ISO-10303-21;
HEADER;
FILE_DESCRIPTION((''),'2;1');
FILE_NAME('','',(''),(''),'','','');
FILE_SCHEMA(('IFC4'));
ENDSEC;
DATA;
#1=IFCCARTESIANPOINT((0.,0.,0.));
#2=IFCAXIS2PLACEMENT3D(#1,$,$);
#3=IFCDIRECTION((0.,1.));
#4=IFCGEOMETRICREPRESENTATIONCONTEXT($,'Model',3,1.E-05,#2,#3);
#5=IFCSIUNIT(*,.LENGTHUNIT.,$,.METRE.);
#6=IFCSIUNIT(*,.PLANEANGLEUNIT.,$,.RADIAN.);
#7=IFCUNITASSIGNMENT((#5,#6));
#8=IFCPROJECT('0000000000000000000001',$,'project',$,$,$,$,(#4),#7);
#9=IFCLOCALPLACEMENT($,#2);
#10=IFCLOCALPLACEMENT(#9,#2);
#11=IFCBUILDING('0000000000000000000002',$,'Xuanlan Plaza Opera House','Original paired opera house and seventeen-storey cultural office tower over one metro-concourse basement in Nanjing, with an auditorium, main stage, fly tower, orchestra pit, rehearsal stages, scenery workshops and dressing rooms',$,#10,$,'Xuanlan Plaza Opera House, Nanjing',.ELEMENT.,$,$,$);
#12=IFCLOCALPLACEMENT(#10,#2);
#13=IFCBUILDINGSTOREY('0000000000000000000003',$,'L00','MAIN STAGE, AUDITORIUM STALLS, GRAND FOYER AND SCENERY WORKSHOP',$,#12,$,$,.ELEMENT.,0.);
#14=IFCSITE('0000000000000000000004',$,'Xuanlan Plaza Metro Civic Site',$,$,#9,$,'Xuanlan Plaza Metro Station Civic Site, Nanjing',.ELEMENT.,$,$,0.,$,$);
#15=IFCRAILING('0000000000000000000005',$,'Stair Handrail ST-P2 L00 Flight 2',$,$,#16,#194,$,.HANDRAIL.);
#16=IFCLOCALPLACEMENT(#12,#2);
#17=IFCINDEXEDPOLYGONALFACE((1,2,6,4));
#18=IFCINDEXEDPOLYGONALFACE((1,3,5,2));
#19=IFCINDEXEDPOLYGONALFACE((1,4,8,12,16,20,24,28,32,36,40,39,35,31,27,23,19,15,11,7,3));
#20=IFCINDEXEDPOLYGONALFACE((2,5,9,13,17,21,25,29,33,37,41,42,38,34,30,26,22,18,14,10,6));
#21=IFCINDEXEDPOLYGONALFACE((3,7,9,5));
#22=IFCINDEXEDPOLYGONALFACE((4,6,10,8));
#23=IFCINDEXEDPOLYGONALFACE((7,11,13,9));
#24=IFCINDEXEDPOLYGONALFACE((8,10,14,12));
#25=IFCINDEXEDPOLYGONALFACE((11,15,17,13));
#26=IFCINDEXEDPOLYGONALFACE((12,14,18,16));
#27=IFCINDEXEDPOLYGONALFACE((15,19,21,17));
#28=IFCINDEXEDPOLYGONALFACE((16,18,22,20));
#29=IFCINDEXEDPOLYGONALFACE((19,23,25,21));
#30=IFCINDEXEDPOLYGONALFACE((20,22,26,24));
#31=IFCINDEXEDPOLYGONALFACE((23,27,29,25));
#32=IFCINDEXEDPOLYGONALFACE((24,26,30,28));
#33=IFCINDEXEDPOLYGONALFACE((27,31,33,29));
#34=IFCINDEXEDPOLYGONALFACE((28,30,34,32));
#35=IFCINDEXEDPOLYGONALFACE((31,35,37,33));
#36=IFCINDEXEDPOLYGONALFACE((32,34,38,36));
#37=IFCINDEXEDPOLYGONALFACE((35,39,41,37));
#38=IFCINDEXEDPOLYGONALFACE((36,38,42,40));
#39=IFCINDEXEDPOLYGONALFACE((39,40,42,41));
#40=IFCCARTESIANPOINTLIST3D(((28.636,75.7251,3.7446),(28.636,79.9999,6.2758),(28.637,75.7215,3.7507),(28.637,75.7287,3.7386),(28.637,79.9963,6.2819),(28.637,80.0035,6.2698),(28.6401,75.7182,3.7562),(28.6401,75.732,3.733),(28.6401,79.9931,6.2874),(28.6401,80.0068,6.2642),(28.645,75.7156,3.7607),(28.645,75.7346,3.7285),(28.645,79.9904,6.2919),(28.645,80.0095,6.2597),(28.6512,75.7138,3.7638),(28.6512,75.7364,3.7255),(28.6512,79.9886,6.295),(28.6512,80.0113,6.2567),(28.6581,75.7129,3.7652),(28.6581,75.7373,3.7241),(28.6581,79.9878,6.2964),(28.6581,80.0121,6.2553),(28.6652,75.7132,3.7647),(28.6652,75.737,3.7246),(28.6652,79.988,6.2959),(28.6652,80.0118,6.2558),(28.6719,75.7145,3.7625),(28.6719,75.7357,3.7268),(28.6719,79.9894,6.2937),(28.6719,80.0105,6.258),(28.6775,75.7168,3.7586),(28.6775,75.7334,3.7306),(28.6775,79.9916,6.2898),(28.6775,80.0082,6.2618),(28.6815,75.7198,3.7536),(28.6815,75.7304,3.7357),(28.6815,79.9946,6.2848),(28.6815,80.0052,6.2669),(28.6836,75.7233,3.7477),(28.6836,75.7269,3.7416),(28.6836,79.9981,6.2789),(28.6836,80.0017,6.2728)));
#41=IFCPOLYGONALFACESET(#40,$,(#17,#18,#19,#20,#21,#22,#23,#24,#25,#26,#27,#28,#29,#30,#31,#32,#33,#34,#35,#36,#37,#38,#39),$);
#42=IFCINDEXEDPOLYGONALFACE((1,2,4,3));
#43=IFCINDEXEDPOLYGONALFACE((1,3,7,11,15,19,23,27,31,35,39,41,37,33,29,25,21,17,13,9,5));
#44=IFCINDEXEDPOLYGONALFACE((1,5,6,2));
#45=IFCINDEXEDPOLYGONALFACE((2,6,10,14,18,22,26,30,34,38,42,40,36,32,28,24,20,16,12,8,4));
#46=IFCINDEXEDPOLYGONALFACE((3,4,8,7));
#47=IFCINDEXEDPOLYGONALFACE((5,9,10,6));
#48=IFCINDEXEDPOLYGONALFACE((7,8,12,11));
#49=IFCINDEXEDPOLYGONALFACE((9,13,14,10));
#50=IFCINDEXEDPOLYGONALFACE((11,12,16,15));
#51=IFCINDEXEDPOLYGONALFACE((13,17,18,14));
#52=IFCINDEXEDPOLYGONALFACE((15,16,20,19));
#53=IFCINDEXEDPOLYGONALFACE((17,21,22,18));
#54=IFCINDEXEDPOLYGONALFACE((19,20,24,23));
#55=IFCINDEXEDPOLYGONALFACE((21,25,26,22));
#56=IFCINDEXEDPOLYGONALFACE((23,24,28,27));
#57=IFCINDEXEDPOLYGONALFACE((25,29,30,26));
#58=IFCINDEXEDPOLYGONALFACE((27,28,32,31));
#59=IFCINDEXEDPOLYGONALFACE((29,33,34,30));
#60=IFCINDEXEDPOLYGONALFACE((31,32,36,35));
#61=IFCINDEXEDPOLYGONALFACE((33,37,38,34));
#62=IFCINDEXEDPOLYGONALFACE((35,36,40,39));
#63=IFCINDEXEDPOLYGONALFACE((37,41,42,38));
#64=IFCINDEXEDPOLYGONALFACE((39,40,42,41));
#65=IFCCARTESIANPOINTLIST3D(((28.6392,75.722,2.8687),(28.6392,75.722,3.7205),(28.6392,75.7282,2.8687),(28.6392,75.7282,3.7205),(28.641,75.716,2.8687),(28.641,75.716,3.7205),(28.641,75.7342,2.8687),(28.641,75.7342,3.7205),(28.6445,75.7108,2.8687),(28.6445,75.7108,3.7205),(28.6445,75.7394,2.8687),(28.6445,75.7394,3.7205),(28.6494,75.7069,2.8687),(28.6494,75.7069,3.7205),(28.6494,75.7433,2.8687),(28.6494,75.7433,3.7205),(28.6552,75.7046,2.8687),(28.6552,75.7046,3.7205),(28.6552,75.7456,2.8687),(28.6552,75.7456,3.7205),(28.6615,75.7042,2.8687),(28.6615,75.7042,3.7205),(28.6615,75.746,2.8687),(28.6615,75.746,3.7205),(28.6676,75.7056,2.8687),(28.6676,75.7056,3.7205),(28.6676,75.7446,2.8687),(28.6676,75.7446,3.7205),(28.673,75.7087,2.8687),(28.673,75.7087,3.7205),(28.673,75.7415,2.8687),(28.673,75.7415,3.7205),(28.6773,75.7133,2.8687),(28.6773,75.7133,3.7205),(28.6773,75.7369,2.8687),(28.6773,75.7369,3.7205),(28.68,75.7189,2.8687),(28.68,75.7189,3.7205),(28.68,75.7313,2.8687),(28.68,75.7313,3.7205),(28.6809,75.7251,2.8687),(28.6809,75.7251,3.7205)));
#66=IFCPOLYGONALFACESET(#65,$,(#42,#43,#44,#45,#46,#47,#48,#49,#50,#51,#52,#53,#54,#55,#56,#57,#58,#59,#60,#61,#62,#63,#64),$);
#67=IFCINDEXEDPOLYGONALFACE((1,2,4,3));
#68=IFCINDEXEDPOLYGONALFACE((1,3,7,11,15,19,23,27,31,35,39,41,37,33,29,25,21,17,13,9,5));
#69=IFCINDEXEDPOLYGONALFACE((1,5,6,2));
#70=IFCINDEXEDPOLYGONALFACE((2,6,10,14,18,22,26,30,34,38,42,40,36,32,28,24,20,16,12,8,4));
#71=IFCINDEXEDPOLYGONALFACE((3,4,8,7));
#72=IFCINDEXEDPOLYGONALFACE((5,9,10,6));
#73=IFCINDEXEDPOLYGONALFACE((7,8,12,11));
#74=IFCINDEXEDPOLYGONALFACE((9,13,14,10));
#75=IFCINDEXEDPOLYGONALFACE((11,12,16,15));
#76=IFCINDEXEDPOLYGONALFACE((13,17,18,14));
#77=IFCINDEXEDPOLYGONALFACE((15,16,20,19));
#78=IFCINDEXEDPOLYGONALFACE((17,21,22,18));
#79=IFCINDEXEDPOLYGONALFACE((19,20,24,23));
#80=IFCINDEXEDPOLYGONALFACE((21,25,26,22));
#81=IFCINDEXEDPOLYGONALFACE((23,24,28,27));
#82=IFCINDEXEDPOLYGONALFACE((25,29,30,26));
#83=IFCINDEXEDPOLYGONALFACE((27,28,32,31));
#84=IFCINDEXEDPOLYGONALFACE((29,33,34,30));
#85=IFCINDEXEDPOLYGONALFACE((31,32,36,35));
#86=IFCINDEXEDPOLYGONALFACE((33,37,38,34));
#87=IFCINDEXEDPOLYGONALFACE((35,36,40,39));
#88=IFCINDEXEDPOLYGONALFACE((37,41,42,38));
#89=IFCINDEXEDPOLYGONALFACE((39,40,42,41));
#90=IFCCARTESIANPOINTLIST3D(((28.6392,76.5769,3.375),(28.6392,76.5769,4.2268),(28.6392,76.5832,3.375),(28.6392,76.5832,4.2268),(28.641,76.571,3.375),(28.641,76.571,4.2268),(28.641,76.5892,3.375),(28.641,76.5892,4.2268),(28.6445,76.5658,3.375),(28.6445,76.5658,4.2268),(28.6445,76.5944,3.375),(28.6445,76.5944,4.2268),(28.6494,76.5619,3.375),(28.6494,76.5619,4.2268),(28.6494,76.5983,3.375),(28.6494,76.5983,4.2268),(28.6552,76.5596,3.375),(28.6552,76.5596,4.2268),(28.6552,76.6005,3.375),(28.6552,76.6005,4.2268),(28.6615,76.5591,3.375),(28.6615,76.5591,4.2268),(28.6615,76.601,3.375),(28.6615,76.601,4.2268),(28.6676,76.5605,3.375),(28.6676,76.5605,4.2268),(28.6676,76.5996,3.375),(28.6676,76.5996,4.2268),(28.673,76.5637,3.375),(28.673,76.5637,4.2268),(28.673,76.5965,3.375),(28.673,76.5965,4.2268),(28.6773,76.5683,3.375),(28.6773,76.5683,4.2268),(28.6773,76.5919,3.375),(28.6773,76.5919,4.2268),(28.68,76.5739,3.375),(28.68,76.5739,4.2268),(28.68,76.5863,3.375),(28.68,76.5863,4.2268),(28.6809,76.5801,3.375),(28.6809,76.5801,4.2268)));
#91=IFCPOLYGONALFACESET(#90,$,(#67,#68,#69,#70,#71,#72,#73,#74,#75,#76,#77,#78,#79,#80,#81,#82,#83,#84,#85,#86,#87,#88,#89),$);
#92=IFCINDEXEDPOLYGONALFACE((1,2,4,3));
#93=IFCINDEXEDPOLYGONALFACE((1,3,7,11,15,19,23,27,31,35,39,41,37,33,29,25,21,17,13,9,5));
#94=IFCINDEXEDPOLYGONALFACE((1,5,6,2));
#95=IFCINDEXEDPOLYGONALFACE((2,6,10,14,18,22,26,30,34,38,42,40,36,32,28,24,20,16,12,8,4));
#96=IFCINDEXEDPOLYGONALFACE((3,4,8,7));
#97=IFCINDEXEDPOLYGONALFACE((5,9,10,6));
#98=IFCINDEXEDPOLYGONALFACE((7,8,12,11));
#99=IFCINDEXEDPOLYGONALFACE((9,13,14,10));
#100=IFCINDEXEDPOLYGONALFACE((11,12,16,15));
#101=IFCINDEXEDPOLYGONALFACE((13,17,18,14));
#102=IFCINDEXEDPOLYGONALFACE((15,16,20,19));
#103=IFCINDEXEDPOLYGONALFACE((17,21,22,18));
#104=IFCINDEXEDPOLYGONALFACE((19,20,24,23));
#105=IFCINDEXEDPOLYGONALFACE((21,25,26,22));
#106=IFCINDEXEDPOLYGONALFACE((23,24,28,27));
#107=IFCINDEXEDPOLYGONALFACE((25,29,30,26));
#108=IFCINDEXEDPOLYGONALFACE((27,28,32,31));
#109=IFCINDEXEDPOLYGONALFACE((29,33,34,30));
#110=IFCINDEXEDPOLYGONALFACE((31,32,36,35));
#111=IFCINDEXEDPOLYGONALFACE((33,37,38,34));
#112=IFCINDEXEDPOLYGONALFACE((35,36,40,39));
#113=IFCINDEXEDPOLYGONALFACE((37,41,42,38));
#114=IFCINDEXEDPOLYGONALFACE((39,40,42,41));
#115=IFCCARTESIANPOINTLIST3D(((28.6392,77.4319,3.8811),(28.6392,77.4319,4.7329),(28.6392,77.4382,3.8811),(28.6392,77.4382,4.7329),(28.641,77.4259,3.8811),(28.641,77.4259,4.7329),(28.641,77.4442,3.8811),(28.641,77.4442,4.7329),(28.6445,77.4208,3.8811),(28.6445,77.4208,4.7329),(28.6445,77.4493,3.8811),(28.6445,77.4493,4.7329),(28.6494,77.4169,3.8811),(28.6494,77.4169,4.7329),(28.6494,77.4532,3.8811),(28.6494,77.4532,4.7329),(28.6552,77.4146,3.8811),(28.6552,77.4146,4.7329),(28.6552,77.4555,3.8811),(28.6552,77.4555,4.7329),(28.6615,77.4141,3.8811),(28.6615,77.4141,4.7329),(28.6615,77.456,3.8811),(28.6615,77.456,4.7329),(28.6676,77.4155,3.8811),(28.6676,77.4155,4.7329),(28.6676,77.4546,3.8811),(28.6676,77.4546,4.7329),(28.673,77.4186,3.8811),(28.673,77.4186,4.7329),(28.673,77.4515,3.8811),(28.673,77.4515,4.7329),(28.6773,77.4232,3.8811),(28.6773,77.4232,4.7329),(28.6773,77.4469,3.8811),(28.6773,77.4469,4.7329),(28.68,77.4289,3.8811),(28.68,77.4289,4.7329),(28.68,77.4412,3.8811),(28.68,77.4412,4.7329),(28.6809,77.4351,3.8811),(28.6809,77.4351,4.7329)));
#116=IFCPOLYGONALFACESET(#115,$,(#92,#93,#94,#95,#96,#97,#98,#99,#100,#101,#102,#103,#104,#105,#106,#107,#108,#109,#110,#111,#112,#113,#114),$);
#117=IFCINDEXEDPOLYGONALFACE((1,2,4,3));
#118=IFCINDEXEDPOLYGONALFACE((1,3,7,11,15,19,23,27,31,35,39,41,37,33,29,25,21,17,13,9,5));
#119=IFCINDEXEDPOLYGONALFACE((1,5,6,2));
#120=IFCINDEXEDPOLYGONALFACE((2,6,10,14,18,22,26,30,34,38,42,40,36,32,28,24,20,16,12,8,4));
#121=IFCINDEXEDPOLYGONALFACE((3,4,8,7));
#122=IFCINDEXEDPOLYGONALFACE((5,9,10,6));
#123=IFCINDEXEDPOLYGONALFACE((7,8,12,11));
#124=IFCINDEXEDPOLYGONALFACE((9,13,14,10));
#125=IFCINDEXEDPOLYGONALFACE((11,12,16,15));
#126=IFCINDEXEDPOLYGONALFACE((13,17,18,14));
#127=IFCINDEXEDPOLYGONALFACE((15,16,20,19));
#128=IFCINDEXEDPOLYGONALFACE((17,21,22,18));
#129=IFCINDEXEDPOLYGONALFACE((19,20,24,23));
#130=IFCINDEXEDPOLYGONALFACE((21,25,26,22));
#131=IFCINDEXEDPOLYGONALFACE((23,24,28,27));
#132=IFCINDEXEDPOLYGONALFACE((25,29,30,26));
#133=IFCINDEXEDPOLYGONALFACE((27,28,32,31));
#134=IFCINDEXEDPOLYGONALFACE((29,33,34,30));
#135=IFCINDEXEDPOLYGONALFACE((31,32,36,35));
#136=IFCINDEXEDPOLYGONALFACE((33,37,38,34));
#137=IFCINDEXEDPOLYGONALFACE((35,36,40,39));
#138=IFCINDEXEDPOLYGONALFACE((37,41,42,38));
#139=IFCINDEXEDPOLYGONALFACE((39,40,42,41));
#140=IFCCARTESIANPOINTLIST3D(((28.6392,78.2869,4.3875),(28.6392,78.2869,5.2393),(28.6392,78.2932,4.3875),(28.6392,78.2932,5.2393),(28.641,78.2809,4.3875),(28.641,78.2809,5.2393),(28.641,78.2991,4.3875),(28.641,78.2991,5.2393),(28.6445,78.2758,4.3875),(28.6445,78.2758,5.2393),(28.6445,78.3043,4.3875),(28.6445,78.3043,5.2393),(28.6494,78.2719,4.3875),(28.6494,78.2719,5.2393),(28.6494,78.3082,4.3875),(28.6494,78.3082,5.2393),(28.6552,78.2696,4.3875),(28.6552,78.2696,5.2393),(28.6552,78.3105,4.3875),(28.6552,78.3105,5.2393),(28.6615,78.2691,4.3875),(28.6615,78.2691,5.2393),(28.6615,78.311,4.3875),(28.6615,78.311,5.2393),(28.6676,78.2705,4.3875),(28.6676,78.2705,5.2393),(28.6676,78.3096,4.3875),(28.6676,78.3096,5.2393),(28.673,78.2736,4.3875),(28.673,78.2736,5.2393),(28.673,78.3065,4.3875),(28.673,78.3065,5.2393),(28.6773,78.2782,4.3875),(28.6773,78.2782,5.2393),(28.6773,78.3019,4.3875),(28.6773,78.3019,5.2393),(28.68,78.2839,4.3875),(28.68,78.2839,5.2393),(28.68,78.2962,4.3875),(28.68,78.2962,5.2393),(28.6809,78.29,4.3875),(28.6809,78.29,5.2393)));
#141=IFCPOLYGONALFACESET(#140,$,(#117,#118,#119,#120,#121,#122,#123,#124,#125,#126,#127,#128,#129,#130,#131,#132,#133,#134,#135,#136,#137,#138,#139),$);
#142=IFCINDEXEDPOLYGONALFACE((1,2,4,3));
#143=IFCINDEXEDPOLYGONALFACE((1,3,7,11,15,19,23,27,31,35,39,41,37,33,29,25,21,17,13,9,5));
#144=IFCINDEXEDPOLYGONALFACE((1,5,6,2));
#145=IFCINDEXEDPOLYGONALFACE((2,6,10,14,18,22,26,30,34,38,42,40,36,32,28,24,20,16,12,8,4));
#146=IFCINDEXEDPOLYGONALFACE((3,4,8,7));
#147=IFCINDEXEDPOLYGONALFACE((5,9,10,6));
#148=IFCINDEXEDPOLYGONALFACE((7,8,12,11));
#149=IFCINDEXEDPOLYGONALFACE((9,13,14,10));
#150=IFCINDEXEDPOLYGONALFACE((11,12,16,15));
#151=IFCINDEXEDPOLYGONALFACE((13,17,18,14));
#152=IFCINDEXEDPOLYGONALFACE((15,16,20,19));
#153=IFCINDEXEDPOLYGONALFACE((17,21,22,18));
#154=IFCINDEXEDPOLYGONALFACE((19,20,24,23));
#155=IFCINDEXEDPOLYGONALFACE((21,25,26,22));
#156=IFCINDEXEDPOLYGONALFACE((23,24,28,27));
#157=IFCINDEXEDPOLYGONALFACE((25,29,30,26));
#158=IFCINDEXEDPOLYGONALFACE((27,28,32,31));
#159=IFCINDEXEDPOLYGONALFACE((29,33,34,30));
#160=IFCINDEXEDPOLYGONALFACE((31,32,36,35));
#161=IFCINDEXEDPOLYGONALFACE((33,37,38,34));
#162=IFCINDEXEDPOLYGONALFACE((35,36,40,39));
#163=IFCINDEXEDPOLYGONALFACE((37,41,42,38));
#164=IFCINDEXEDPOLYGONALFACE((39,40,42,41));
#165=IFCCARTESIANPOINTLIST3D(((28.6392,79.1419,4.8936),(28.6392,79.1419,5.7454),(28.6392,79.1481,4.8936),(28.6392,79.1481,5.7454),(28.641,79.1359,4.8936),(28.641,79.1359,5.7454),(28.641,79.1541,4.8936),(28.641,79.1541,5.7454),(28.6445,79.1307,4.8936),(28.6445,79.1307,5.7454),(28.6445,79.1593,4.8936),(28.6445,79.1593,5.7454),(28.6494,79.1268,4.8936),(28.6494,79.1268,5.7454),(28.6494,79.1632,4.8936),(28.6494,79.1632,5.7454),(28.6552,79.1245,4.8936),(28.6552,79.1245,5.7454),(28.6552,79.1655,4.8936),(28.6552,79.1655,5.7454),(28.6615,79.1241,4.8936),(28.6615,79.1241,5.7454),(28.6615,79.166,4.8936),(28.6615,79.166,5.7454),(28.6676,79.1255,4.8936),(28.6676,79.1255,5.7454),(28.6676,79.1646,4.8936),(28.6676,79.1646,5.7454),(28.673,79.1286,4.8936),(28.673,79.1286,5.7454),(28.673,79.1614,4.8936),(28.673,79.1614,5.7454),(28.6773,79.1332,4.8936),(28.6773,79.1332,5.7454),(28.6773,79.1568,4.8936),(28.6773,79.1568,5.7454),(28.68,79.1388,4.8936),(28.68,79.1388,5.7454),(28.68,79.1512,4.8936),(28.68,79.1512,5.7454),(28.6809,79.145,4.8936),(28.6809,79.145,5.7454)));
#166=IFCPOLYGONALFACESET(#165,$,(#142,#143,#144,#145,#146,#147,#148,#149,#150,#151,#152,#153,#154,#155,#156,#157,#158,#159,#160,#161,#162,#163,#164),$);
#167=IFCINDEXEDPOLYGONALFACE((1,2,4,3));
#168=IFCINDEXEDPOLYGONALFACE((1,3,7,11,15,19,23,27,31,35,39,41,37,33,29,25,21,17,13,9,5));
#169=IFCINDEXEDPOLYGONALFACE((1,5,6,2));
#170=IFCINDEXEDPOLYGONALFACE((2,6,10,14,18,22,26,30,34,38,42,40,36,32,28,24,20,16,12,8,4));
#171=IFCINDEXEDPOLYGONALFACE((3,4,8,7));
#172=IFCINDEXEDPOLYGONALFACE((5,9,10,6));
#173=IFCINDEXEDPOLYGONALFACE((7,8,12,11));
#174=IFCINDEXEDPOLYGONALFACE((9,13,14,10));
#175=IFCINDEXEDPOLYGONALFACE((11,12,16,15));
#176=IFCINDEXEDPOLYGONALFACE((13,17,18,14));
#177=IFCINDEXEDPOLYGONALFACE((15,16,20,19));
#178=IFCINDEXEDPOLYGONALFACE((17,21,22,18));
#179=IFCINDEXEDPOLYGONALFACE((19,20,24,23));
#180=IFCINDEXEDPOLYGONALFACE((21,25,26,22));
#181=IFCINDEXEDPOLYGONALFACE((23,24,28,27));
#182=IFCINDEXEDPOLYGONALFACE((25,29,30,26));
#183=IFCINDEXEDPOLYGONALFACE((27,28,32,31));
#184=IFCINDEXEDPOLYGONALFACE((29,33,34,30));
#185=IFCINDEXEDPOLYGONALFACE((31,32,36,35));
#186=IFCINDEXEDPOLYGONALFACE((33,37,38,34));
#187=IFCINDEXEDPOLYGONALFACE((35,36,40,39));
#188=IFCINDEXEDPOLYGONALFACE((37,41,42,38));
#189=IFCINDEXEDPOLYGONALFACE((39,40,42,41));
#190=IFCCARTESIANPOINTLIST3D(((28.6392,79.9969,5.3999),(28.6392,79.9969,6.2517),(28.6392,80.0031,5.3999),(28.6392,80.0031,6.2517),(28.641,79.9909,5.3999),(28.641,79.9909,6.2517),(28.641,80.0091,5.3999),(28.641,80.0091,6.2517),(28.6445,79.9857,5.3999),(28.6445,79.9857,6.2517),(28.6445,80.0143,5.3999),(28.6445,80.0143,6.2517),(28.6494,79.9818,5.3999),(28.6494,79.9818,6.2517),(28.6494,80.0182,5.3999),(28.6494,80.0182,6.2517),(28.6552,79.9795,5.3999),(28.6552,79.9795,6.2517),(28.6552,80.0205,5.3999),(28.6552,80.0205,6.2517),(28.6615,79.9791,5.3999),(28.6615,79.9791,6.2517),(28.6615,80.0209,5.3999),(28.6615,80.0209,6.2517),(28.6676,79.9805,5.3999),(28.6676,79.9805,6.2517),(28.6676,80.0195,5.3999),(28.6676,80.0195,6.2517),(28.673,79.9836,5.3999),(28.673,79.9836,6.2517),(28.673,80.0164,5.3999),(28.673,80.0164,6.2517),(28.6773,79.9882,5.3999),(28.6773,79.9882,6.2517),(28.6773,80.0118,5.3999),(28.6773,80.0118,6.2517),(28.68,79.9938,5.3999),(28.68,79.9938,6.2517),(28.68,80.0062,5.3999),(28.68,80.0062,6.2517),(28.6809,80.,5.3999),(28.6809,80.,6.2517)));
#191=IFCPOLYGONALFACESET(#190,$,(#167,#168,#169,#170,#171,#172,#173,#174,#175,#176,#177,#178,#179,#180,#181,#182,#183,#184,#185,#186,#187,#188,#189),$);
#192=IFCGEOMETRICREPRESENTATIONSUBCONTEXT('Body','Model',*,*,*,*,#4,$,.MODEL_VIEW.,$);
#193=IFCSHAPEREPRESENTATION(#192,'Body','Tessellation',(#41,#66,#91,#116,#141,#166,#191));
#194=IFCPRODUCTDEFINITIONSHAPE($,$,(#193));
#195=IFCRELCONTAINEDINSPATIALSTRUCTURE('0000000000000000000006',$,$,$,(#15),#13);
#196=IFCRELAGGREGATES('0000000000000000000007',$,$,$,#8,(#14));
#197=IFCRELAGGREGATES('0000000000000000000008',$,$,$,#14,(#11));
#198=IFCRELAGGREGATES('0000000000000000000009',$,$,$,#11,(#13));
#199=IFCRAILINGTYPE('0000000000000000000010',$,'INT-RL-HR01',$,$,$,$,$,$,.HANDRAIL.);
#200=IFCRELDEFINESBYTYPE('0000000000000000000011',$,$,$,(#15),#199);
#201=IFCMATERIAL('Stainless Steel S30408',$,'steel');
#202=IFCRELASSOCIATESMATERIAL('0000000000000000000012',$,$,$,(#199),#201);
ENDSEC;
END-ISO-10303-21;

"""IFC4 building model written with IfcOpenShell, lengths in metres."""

from ifc_helpers import new_model, si_unit, direction, frame, origin, origin_2d, place, context, subcontext, project, spatial, circle, extrude, material, type_object, element, save


model = new_model("IFC4")

# Units and contexts
model_context = context("Model", 3, precision=1e-05, world=origin(), true_north=direction((0.0, 1.0)))
body_context = subcontext(model_context, "Body", "Model", "MODEL_VIEW")
ifc_project = project(units=[si_unit("LENGTHUNIT", "METRE"), si_unit("PLANEANGLEUNIT", "RADIAN")], contexts=[model_context])

# Site, building, storey
site_placement = place(None, origin())
site = spatial("IfcSite", under=ifc_project, at=site_placement, Name="Xuanlan Plaza Metro Civic Site", LongName="Xuanlan Plaza Metro Station Civic Site, Nanjing", CompositionType="ELEMENT", RefElevation=0.0)
building_placement = place(site_placement, origin())
building = spatial("IfcBuilding", under=site, at=building_placement, Name="Xuanlan Plaza Opera House", Description="Original paired opera house and seventeen-storey cultural office tower over one metro-concourse basement in Nanjing, with an auditorium, main stage, fly tower, orchestra pit, rehearsal stages, scenery workshops and dressing rooms", LongName="Xuanlan Plaza Opera House, Nanjing", CompositionType="ELEMENT")
storey_placement = place(building_placement, origin())
storey = spatial("IfcBuildingStorey", under=building, at=storey_placement, Name="L00", Description="MAIN STAGE, AUDITORIUM STALLS, GRAND FOYER AND SCENERY WORKSHOP", CompositionType="ELEMENT", Elevation=0.0)

# Railing
ifc_material_1 = material(Name="Stainless Steel S30408", Category="steel")
railing_type = type_object("IfcRailingType", Name="INT-RL-HR01", PredefinedType="HANDRAIL", material=ifc_material_1)
railing_placement = place(storey_placement, frame((28.6599, 75.7251, 2.8687)))
element("IfcRailing", 1, at=railing_placement, inside=storey, type_object=railing_type, Name="Stair Handrail ST-P2 L00 Flight 2", PredefinedType="HANDRAIL", context=body_context, shape_type="SweptSolid", body=[
    extrude(circle(Radius=0.0239, at=origin_2d()), frame((0.0, 0.0, 0.876), z_axis=(0.0, 0.86047, 0.509501), x_axis=(-1.0, 0.0, 0.0)), (0.0, 0.0, 1.0), 4.968),
    extrude(circle(Radius=0.021, at=origin_2d()), origin(), (0.0, 0.0, 1.0), 0.8518),
    extrude(circle(Radius=0.021, at=origin_2d()), frame((0.0, 0.855, 0.5063)), (0.0, 0.0, 1.0), 0.8518),
    extrude(circle(Radius=0.021, at=origin_2d()), frame((0.0, 1.71, 1.0125)), (0.0, 0.0, 1.0), 0.8518),
    extrude(circle(Radius=0.021, at=origin_2d()), frame((0.0, 2.5649, 1.5188)), (0.0, 0.0, 1.0), 0.8518),
    extrude(circle(Radius=0.021, at=origin_2d()), frame((0.0, 3.4199, 2.0249)), (0.0, 0.0, 1.0), 0.8518),
    extrude(circle(Radius=0.021, at=origin_2d()), frame((0.0, 4.2749, 2.5312)), (0.0, 0.0, 1.0), 0.8518),
])

save(model, "model.ifc")
